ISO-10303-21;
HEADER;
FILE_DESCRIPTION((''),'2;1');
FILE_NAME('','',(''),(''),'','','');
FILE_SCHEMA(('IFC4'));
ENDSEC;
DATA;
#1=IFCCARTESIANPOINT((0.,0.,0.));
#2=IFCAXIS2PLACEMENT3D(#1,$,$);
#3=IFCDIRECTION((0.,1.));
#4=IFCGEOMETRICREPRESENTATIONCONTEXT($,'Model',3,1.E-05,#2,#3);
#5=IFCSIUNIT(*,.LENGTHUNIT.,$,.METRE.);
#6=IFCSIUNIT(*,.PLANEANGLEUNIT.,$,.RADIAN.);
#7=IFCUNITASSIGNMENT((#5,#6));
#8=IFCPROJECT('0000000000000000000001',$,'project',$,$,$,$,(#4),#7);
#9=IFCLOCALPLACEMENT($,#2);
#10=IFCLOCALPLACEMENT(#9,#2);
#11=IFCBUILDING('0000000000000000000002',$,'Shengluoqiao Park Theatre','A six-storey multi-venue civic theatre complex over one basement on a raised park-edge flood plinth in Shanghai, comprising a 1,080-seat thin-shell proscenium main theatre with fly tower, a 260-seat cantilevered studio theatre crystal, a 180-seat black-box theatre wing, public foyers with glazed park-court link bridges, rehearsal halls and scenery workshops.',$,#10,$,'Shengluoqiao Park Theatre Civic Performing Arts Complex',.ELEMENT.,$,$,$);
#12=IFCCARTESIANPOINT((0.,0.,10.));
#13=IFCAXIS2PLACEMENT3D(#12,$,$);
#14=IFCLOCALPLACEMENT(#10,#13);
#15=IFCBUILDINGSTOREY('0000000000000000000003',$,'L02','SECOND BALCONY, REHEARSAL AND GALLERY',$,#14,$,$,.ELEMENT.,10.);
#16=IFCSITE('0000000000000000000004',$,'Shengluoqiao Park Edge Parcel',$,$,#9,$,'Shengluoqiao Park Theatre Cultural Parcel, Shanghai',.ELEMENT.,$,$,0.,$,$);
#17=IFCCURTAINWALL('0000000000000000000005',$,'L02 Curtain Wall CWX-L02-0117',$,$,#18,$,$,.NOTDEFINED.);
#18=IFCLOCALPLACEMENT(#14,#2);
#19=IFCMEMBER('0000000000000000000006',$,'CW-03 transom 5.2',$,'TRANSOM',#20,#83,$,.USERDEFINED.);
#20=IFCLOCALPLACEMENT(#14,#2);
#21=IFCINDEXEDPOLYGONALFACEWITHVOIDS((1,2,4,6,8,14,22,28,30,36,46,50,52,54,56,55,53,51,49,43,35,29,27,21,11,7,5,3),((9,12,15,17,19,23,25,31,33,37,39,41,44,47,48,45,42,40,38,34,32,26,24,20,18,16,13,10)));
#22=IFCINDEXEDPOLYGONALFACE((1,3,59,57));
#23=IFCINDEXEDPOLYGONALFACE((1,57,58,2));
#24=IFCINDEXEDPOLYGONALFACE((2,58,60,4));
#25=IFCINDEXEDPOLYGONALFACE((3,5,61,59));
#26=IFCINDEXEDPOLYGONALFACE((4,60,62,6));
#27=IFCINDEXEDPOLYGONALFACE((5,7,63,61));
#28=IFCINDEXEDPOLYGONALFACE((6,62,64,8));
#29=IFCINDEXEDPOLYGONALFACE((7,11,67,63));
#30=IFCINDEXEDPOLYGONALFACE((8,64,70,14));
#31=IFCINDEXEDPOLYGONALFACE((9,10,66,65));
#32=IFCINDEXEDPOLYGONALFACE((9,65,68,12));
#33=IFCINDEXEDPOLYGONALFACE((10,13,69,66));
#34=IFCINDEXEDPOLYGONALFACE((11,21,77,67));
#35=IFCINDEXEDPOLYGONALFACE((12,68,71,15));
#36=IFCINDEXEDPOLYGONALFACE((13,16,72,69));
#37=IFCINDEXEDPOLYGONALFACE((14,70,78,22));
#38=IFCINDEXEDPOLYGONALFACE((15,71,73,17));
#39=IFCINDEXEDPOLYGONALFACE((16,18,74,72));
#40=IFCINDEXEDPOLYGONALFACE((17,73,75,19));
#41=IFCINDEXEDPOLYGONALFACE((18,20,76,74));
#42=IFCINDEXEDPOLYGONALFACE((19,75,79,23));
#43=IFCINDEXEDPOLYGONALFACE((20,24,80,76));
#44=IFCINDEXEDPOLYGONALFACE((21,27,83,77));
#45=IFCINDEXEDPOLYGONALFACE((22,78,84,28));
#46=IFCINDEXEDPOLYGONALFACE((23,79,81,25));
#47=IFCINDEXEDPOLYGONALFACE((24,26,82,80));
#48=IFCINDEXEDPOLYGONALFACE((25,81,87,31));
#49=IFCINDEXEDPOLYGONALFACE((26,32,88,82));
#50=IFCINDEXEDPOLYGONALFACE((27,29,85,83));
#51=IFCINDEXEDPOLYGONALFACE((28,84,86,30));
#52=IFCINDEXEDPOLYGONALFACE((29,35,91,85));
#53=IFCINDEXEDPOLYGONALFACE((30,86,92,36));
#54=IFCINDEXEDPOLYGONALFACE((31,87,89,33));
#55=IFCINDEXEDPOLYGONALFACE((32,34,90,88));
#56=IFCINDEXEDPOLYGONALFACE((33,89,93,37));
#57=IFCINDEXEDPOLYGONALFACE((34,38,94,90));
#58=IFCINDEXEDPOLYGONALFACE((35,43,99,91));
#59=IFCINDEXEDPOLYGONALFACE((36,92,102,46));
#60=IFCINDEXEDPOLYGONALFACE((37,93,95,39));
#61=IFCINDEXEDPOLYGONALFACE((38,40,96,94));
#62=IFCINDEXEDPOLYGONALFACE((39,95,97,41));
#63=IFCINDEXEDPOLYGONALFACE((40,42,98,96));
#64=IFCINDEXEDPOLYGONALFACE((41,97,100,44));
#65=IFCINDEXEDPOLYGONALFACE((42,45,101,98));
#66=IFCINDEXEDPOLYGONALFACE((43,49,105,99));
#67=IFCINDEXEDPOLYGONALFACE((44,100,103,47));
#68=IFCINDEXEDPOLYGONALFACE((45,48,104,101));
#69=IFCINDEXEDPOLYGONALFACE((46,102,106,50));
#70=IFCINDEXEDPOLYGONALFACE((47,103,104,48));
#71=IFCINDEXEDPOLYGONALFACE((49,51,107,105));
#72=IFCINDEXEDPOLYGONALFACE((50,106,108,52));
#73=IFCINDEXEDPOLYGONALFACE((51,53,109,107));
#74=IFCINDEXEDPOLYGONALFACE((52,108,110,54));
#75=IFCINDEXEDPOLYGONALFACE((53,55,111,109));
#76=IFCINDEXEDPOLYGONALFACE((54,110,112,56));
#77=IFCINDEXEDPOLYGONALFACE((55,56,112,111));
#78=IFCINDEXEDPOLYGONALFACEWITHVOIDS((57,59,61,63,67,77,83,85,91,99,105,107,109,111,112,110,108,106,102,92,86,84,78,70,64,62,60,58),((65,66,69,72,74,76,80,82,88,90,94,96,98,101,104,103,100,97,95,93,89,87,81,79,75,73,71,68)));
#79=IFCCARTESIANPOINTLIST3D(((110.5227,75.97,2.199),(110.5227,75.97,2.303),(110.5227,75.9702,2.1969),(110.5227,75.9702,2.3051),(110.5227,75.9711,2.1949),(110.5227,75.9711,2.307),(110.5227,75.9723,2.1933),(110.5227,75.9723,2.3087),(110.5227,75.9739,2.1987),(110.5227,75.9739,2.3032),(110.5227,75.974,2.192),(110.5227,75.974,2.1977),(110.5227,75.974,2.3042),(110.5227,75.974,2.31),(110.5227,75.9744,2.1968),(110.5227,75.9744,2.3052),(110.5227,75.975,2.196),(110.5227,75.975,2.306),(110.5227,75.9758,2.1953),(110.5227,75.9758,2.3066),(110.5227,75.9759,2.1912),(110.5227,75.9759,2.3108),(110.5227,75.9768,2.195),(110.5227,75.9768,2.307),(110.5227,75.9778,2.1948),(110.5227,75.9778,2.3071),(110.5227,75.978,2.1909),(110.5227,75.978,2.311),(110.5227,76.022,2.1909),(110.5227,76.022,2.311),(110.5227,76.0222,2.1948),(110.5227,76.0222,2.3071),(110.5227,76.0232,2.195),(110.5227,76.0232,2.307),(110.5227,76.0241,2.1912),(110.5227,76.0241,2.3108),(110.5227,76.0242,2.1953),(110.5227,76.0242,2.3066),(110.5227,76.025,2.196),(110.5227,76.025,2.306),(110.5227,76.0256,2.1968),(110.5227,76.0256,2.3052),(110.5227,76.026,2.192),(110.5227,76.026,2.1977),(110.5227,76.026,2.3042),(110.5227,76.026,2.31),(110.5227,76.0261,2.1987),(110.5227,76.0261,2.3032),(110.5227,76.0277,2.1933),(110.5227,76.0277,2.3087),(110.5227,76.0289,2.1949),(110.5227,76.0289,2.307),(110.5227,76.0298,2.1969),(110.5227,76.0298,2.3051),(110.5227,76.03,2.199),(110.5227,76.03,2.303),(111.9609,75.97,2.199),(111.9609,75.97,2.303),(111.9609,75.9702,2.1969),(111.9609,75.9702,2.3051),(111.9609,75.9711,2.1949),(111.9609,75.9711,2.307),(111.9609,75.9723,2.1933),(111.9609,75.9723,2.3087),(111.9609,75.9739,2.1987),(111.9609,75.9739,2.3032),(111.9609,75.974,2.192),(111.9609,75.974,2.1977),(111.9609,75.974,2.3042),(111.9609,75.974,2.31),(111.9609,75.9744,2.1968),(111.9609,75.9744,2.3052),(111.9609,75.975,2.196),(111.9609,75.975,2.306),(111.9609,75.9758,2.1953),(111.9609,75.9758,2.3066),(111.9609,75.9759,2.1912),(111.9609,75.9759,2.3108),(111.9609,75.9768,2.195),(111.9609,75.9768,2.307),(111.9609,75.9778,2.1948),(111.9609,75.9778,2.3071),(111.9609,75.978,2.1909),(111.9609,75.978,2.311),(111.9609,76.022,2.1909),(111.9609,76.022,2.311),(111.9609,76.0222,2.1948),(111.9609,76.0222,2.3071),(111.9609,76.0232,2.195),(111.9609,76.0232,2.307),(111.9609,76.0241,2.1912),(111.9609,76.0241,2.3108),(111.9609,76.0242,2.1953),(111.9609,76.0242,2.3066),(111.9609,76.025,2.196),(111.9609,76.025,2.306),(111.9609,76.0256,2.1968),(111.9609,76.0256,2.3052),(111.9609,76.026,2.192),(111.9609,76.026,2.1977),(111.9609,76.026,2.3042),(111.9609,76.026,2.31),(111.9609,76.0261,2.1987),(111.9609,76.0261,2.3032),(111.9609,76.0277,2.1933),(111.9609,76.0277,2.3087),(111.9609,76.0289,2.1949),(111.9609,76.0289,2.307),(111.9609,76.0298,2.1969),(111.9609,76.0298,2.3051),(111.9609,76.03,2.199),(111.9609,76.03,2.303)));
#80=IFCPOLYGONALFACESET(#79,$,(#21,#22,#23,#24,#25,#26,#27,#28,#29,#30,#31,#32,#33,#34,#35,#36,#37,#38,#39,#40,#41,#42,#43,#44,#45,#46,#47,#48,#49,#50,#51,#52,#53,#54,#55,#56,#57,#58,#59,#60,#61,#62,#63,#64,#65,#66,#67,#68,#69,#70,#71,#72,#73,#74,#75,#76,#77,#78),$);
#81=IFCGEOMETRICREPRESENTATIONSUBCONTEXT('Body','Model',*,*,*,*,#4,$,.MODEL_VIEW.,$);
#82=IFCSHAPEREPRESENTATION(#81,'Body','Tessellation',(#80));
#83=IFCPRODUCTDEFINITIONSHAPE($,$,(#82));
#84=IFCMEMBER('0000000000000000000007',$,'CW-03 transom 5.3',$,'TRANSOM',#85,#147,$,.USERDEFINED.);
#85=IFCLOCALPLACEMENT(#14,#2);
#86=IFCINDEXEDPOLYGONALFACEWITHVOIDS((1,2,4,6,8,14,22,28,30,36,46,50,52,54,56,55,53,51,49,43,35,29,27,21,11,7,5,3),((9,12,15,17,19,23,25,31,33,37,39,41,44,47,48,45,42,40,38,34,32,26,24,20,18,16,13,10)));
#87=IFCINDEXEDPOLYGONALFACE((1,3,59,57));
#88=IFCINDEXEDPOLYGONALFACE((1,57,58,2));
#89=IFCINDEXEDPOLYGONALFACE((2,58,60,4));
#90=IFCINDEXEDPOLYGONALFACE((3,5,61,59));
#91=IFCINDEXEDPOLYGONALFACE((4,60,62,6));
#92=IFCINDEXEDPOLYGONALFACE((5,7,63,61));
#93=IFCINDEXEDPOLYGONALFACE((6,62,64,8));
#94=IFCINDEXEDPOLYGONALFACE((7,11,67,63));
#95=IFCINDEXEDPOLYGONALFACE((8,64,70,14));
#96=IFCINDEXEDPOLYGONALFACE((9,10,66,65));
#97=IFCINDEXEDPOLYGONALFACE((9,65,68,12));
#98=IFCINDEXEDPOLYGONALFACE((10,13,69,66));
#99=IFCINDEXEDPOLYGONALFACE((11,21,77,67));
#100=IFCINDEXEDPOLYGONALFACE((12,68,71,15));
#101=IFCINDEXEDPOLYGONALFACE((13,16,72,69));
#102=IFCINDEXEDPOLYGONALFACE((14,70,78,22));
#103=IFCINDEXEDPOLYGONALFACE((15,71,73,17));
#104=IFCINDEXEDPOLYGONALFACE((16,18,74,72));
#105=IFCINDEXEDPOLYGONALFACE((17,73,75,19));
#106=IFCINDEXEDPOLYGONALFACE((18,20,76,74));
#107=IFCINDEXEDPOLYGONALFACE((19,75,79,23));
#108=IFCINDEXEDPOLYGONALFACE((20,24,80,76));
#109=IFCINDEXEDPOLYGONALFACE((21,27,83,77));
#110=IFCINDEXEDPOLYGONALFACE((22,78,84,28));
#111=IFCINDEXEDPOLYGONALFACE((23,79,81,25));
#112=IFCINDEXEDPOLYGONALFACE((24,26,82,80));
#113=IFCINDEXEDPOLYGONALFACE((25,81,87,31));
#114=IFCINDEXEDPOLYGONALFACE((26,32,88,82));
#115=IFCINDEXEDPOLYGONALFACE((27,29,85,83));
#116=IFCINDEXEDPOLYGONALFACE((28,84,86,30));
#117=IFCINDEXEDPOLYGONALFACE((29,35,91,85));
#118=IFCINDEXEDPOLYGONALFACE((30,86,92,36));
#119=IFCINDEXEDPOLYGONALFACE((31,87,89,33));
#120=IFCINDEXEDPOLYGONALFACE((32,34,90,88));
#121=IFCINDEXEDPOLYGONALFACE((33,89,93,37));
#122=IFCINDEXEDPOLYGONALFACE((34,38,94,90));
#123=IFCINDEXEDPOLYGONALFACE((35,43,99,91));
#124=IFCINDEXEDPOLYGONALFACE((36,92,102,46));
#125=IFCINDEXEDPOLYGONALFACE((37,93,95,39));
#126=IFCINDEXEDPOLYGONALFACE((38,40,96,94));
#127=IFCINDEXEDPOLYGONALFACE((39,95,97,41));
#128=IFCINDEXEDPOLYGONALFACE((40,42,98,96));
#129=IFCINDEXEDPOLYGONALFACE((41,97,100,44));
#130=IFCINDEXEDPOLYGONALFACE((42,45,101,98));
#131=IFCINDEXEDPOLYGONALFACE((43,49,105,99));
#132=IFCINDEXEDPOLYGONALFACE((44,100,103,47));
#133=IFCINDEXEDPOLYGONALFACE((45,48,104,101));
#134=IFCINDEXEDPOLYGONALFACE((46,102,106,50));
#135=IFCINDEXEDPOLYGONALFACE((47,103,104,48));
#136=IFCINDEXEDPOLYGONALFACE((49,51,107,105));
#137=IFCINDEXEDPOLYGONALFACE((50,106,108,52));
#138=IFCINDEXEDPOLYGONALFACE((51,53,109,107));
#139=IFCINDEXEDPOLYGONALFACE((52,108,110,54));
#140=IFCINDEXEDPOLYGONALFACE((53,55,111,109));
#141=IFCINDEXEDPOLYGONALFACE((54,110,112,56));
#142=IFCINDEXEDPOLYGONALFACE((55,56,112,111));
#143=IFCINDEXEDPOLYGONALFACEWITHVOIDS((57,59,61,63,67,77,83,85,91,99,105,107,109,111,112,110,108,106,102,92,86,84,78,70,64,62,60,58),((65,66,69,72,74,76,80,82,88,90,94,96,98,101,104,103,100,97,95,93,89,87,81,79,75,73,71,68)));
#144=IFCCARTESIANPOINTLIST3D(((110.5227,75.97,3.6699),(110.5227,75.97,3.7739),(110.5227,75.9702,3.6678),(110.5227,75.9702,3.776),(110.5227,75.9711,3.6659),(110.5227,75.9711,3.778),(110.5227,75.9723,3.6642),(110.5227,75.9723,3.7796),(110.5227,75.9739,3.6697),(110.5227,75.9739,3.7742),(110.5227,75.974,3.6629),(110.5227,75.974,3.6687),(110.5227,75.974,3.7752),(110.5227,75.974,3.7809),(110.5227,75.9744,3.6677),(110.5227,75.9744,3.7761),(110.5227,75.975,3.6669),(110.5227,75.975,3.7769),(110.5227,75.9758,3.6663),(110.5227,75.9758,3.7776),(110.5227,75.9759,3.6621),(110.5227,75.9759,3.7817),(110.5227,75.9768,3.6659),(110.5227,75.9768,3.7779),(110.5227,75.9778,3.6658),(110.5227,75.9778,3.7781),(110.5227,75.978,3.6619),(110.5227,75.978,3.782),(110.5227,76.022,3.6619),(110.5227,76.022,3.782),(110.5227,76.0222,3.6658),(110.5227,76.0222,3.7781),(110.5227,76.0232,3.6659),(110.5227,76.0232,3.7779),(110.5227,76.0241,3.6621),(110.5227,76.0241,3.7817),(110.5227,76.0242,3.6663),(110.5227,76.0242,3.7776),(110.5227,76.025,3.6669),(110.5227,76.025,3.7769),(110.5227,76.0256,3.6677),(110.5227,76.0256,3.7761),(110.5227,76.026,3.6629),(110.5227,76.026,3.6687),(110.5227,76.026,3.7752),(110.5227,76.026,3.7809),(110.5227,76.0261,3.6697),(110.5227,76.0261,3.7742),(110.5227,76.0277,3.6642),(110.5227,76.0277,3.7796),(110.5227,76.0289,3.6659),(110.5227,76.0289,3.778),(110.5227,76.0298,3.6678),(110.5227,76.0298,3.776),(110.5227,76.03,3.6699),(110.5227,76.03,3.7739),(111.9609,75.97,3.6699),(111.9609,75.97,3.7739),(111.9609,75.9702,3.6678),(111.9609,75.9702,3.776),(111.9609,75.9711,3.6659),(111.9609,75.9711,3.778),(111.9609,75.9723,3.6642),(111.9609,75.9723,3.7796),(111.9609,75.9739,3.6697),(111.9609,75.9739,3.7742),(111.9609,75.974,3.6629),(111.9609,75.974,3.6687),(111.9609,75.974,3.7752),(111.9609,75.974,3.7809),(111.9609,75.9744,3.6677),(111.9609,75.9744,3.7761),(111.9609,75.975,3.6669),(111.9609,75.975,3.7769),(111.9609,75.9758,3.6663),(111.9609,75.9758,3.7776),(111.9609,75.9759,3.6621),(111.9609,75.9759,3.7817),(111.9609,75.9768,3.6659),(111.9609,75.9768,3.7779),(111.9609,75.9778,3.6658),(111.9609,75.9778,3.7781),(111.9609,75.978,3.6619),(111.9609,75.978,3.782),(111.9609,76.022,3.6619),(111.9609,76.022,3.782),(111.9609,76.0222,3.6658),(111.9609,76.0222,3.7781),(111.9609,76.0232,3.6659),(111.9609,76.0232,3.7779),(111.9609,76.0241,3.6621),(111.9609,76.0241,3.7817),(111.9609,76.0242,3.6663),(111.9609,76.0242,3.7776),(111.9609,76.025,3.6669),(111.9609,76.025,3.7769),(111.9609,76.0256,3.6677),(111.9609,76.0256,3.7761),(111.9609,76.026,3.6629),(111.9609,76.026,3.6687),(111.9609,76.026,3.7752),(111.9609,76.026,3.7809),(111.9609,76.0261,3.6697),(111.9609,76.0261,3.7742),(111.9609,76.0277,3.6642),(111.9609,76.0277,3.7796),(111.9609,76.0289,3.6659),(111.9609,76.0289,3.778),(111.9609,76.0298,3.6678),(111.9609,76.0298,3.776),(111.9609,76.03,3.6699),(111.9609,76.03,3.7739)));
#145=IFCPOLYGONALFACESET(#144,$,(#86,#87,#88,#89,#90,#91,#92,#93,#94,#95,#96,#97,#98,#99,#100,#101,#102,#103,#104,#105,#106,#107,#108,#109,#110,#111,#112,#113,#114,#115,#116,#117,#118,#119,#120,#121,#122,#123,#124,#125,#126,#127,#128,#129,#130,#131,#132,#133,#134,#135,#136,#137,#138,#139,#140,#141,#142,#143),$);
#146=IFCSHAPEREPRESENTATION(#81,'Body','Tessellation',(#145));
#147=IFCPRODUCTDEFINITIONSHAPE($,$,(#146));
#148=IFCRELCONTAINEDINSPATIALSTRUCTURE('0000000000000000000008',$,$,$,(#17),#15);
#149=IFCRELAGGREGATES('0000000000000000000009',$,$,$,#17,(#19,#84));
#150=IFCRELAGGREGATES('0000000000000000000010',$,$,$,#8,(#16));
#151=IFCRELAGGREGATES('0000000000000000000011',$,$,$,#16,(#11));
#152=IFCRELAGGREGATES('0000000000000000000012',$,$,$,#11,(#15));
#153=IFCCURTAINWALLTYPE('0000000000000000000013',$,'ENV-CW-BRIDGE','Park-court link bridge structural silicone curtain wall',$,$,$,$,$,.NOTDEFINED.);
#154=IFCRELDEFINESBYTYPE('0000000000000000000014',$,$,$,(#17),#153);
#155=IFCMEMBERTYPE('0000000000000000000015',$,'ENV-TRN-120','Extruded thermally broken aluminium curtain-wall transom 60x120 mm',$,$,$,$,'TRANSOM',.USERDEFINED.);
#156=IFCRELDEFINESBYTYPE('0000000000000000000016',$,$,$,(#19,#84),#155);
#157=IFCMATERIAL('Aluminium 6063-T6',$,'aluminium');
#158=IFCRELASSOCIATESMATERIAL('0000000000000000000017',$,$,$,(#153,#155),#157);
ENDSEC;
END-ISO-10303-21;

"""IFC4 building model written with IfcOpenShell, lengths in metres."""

from ifc_helpers import new_model, si_unit, direction, frame, origin, origin_2d, place, context, subcontext, project, spatial, hollow_rectangle, extrude, material, material_profile, profile_set, type_object, element, aggregate, save


model = new_model("IFC4")

# Units and contexts
model_context = context("Model", 3, precision=1e-05, world=origin(), true_north=direction((0.0, 1.0)))
body_context = subcontext(model_context, "Body", "Model", "MODEL_VIEW")
ifc_project = project(units=[si_unit("LENGTHUNIT", "METRE"), si_unit("PLANEANGLEUNIT", "RADIAN")], contexts=[model_context])

# Site, building, storey
site_placement = place(None, origin())
site = spatial("IfcSite", under=ifc_project, at=site_placement, Name="Shengluoqiao Park Edge Parcel", LongName="Shengluoqiao Park Theatre Cultural Parcel, Shanghai", CompositionType="ELEMENT", RefElevation=0.0)
building_placement = place(site_placement, origin())
building = spatial("IfcBuilding", under=site, at=building_placement, Name="Shengluoqiao Park Theatre", Description="A six-storey multi-venue civic theatre complex over one basement on a raised park-edge flood plinth in Shanghai, comprising a 1,080-seat thin-shell proscenium main theatre with fly tower, a 260-seat cantilevered studio theatre crystal, a 180-seat black-box theatre wing, public foyers with glazed park-court link bridges, rehearsal halls and scenery workshops.", LongName="Shengluoqiao Park Theatre Civic Performing Arts Complex", CompositionType="ELEMENT")
storey_placement = place(building_placement, frame((0.0, 0.0, 10.0)))
storey = spatial("IfcBuildingStorey", under=building, at=storey_placement, Name="L02", Description="SECOND BALCONY, REHEARSAL AND GALLERY", CompositionType="ELEMENT", Elevation=10.0)

# Curtain wall
ifc_material_1 = material(Name="Aluminium 6063-T6", Category="aluminium")
curtain_wall_type = type_object("IfcCurtainWallType", Name="ENV-CW-BRIDGE", Description="Park-court link bridge structural silicone curtain wall", PredefinedType="NOTDEFINED", material=ifc_material_1)
curtain_wall_1_placement = place(storey_placement, origin())
curtain_wall_1 = element("IfcCurtainWall", 1, at=curtain_wall_1_placement, inside=storey, type_object=curtain_wall_type, Name="L02 Curtain Wall CWX-L02-0117", PredefinedType="NOTDEFINED")

# Members
ifc_material_profile_1 = material_profile(ifc_material_1, hollow_rectangle(XDim=0.0601, YDim=0.1201, WallThickness=0.0039, InnerFilletRadius=0.0039, OuterFilletRadius=0.0081, at=origin_2d()), Name="ALU TRANSOM 120x60x4")
ifc_profile_set_1 = profile_set([ifc_material_profile_1], Name="Aluminium 6063-T6")
member_type_1 = type_object("IfcMemberType", Name="ENV-TRN-120", Description="Extruded thermally broken aluminium curtain-wall transom 60x120 mm", ElementType="TRANSOM", PredefinedType="USERDEFINED", material=ifc_profile_set_1)
member_1_placement = place(storey_placement, frame((110.5227, 76.0, 2.251), z_axis=(1.0, 0.0, 0.0), x_axis=(0.0, 1.0, 0.0)))
member_1 = element("IfcMember", 2, at=member_1_placement, type_object=member_type_1, Name="CW-03 transom 5.2", ObjectType="TRANSOM", PredefinedType="USERDEFINED", context=body_context, shape_type="SweptSolid", body=[
    extrude(hollow_rectangle(XDim=0.0601, YDim=0.1201, WallThickness=0.0039, InnerFilletRadius=0.0039, OuterFilletRadius=0.0081, at=origin_2d()), origin(), (0.0, 0.0, 1.0), 1.4382),
])
member_2_placement = place(storey_placement, frame((110.5227, 76.0, 3.7219), z_axis=(1.0, 0.0, 0.0), x_axis=(0.0, 1.0, 0.0)))
member_2 = element("IfcMember", 3, at=member_2_placement, type_object=member_type_1, Name="CW-03 transom 5.3", ObjectType="TRANSOM", PredefinedType="USERDEFINED", context=body_context, shape_type="SweptSolid", body=[
    extrude(hollow_rectangle(XDim=0.0601, YDim=0.1201, WallThickness=0.0039, InnerFilletRadius=0.0039, OuterFilletRadius=0.0081, at=origin_2d()), origin(), (0.0, 0.0, 1.0), 1.4382),
])

aggregate(curtain_wall_1, [member_1, member_2])

save(model, "model.ifc")
